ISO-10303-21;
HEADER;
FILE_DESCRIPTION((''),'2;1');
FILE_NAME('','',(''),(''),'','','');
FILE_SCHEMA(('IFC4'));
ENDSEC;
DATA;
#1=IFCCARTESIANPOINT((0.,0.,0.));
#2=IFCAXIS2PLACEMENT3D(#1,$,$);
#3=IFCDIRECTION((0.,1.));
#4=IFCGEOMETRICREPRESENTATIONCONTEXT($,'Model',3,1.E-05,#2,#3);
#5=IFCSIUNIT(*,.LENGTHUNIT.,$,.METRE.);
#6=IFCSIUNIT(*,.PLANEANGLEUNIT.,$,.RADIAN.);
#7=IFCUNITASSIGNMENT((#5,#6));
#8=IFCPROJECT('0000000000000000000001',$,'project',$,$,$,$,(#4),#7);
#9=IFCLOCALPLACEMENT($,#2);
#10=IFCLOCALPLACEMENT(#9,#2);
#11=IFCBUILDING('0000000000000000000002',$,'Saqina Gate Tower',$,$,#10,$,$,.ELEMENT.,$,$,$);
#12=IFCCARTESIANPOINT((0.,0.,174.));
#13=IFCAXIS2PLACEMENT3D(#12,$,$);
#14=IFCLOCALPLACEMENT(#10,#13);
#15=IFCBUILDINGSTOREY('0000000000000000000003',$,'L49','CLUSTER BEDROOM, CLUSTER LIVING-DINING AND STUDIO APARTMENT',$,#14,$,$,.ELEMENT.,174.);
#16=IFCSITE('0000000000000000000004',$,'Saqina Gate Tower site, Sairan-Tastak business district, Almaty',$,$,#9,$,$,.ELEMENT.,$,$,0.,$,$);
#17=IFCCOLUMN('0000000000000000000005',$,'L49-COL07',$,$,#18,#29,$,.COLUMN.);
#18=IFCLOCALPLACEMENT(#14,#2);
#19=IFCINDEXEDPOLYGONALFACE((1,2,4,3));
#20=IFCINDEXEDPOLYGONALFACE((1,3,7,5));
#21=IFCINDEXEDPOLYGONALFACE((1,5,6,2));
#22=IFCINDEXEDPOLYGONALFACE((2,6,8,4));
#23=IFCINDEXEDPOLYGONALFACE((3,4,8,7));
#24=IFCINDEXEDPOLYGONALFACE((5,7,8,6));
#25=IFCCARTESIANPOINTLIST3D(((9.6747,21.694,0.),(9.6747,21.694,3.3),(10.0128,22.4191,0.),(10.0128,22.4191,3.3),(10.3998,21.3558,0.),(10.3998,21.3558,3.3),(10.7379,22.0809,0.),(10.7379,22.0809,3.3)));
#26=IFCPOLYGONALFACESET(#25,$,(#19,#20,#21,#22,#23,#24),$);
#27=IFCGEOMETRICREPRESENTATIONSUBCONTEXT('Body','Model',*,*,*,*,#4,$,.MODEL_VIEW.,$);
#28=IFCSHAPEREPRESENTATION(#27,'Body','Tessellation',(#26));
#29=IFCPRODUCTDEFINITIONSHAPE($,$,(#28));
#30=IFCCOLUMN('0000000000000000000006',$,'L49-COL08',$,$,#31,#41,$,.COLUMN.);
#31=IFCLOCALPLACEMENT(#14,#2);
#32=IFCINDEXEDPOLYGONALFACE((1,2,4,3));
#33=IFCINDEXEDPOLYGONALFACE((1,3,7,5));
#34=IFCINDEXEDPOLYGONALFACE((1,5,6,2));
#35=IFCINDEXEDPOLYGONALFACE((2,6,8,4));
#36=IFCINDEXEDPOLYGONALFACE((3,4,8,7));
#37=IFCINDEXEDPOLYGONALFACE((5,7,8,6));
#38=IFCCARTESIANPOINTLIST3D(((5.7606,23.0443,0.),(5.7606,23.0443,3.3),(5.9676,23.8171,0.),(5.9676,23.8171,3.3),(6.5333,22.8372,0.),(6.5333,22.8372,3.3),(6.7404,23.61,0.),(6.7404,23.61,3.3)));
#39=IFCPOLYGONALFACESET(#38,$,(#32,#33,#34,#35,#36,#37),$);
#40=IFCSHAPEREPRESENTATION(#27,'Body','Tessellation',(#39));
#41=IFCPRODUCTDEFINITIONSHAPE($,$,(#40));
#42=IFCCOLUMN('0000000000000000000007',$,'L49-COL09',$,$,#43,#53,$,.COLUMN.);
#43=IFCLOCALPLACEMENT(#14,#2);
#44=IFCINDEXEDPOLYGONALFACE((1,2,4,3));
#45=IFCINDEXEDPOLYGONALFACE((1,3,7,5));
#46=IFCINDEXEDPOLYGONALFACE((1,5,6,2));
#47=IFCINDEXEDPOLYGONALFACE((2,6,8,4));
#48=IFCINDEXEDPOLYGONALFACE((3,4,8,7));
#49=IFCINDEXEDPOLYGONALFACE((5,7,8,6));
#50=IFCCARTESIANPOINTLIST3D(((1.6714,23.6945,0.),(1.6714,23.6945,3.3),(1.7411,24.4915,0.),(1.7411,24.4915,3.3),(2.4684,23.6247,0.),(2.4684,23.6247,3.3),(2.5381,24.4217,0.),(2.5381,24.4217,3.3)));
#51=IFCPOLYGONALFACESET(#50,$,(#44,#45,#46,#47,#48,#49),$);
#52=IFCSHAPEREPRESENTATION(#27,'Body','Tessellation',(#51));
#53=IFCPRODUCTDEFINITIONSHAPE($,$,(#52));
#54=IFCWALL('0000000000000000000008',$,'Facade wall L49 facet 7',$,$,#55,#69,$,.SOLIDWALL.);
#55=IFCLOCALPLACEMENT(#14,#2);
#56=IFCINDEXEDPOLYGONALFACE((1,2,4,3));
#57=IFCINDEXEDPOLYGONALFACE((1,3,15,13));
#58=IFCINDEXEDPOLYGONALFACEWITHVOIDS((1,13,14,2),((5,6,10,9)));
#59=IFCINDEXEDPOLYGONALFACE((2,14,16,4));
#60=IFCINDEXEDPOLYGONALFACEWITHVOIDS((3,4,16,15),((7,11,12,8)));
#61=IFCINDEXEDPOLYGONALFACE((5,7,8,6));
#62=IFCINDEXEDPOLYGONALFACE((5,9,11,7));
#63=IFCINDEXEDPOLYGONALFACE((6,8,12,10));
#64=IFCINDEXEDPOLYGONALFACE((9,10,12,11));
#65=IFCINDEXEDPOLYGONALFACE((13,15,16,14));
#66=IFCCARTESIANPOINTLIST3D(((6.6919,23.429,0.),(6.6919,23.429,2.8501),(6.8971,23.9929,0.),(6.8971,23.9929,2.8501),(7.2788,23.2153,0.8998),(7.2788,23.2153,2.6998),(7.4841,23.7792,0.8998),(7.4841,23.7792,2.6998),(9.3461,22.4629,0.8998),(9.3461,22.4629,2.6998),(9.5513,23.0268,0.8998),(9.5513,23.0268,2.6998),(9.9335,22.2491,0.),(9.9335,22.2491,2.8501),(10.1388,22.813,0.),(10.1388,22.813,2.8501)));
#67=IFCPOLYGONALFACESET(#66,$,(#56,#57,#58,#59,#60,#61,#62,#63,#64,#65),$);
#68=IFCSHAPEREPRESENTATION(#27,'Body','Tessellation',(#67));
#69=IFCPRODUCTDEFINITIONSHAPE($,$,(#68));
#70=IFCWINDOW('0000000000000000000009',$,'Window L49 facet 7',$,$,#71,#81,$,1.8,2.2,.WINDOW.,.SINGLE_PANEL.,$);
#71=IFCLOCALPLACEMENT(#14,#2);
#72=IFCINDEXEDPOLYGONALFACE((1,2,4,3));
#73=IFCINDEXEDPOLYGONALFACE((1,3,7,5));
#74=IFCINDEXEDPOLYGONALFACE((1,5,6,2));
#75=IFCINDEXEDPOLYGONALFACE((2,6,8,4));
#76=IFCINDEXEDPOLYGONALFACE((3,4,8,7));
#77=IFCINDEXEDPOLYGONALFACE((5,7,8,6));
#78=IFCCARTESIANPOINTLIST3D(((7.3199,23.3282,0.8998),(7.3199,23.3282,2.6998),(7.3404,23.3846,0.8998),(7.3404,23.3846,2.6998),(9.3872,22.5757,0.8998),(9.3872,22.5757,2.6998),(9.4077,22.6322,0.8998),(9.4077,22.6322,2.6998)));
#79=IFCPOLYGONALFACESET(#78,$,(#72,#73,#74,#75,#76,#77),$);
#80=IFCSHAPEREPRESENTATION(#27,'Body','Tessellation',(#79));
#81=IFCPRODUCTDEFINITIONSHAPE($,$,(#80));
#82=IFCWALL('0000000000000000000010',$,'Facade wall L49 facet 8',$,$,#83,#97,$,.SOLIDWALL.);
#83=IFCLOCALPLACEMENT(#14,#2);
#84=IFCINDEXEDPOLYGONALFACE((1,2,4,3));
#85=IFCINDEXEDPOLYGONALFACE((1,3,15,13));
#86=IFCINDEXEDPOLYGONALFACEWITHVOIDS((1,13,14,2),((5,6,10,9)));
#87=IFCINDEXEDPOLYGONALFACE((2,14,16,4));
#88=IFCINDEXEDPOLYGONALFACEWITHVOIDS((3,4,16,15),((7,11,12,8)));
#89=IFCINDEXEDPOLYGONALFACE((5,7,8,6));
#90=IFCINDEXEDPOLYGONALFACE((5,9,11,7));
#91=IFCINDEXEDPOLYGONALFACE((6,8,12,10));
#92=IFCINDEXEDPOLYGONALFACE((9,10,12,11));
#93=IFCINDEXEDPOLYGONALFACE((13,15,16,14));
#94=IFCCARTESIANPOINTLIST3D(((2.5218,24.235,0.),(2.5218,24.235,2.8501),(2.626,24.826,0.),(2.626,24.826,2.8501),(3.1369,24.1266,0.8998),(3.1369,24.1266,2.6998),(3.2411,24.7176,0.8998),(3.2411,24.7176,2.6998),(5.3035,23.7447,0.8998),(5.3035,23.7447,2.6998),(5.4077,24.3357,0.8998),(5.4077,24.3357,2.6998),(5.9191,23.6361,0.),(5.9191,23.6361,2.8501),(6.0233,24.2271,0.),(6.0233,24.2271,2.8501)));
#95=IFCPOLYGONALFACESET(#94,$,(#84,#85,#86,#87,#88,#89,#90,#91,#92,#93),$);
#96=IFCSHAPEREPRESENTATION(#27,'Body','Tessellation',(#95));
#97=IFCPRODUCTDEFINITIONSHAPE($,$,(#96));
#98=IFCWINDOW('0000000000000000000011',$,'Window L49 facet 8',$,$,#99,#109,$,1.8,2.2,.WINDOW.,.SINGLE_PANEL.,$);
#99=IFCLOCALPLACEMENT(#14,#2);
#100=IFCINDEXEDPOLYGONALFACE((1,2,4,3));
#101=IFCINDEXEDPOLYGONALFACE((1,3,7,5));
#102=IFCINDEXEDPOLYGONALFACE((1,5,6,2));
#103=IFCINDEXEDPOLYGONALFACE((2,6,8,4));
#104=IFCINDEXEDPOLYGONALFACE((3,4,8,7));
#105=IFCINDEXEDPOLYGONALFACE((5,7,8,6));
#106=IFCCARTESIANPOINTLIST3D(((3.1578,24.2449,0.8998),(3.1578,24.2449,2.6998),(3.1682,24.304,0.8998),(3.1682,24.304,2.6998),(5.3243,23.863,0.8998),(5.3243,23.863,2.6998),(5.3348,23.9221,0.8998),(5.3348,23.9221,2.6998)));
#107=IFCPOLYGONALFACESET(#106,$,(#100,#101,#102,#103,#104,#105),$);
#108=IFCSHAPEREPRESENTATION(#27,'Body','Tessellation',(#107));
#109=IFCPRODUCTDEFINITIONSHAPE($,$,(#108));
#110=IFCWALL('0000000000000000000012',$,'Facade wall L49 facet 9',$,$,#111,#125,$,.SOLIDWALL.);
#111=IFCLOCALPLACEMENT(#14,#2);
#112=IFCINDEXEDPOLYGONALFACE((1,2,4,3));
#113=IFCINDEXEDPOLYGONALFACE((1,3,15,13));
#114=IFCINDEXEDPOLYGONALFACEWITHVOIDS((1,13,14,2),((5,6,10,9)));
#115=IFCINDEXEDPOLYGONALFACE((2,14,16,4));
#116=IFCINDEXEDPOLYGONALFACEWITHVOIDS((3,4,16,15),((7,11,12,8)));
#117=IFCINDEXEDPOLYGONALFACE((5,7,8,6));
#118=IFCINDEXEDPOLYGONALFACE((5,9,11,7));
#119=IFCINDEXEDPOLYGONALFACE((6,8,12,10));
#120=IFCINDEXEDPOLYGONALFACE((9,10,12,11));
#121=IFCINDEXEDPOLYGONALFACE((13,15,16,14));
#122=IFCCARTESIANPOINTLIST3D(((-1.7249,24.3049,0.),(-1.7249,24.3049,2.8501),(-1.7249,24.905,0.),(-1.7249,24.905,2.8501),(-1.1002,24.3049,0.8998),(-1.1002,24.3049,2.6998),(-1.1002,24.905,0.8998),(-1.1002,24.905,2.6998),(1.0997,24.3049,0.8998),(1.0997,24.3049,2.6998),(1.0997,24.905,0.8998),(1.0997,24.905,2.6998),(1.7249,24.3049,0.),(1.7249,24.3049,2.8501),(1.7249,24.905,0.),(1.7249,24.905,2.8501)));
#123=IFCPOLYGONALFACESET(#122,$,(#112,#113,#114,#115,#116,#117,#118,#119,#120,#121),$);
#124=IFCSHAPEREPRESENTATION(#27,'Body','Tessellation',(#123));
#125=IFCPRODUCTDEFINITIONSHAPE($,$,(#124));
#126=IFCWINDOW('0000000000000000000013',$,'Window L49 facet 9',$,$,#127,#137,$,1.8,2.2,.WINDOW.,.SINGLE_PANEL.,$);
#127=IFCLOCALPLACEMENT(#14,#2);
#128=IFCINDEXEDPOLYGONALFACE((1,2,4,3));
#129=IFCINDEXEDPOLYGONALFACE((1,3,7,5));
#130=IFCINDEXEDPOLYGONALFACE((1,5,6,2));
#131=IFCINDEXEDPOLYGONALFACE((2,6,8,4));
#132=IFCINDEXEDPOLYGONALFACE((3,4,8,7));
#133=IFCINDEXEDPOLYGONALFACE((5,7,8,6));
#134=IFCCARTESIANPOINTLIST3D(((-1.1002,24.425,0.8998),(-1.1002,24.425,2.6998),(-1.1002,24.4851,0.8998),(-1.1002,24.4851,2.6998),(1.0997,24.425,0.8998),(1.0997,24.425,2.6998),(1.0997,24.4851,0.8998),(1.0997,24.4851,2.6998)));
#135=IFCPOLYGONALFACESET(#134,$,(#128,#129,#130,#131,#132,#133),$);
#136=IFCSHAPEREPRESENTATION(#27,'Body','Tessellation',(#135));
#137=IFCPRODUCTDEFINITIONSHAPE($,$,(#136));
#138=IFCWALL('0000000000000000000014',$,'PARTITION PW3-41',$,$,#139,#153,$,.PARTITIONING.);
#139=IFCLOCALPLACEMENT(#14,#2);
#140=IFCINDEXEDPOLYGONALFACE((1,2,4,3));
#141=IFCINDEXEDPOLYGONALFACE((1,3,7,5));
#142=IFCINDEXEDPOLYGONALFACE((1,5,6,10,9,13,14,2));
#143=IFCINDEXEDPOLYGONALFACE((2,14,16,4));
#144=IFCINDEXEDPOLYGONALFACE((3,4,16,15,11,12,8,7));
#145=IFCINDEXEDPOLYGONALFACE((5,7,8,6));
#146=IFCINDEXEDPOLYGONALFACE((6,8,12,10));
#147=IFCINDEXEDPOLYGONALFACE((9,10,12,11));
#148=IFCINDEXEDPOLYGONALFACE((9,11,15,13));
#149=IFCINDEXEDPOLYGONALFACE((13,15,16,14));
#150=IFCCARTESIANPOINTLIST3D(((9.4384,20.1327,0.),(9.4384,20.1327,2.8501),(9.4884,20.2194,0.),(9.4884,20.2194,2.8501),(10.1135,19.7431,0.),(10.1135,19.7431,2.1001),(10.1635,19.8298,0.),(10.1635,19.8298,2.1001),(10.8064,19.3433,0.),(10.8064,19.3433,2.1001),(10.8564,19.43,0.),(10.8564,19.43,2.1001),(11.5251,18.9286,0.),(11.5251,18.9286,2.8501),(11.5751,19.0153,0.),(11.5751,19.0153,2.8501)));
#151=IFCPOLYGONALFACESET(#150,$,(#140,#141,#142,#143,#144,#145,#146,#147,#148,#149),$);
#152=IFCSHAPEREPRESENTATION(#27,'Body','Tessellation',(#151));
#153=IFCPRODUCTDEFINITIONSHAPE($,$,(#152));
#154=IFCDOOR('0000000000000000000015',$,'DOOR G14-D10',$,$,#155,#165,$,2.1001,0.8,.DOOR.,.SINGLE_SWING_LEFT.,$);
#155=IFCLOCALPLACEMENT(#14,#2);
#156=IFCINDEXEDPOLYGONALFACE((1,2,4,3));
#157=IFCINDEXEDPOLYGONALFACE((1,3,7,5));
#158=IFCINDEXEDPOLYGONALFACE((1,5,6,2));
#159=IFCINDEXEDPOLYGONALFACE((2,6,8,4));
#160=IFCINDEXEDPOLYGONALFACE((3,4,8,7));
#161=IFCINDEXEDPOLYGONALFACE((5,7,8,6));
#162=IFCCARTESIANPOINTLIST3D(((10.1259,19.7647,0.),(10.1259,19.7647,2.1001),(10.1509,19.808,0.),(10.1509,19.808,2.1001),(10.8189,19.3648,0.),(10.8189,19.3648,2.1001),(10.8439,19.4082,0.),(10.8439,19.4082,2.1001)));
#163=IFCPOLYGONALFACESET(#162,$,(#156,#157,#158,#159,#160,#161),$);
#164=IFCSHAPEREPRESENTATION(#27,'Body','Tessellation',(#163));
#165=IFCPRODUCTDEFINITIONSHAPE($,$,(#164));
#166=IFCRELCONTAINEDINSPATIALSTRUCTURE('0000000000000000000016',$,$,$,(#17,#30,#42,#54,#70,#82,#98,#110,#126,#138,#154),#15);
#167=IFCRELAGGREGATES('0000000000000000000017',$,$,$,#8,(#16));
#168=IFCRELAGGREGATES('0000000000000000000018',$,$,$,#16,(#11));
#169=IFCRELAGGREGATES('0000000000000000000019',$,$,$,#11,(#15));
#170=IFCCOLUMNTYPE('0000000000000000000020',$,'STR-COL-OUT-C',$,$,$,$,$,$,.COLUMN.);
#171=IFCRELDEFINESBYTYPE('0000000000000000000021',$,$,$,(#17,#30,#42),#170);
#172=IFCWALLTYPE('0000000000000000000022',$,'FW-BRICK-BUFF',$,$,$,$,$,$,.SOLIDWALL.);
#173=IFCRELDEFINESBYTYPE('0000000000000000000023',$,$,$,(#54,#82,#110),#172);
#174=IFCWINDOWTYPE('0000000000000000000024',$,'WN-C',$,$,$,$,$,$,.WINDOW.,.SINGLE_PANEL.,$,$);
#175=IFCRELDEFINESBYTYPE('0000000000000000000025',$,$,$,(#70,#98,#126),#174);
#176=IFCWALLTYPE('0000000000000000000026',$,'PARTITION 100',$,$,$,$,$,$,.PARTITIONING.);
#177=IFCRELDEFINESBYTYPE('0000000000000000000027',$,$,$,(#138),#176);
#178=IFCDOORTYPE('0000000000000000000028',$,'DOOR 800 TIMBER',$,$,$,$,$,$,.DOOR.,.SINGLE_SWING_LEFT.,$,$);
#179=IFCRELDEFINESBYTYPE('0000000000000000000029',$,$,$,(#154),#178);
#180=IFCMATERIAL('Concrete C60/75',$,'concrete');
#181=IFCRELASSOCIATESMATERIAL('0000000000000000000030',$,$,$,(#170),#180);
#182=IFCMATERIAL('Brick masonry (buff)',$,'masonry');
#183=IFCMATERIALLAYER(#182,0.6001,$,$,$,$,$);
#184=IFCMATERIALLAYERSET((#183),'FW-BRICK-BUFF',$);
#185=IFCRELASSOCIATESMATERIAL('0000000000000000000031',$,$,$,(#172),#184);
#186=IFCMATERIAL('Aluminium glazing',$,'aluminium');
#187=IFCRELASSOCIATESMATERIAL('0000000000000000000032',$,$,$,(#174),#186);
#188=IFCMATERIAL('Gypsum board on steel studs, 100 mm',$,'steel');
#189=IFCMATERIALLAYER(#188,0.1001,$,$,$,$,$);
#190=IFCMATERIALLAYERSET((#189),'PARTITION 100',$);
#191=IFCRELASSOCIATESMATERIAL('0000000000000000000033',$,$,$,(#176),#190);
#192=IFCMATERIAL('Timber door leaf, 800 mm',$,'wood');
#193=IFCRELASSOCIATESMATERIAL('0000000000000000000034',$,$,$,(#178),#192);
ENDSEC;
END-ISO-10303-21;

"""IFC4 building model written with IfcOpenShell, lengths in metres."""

from ifc_helpers import new_model, si_unit, direction, frame, frame_2d, origin, origin_2d, place, context, subcontext, project, spatial, rectangle, extrude, material, layer, layer_set, material_profile, profile_set, type_object, element, fill, save


model = new_model("IFC4")

# Units and contexts
model_context = context("Model", 3, precision=1e-05, world=origin(), true_north=direction((0.0, 1.0)))
body_context = subcontext(model_context, "Body", "Model", "MODEL_VIEW")
ifc_project = project(units=[si_unit("LENGTHUNIT", "METRE"), si_unit("PLANEANGLEUNIT", "RADIAN")], contexts=[model_context])

# Site, building, storey
site_placement = place(None, origin())
site = spatial("IfcSite", under=ifc_project, at=site_placement, Name="Saqina Gate Tower site, Sairan-Tastak business district, Almaty", CompositionType="ELEMENT", RefElevation=0.0)
building_placement = place(site_placement, origin())
building = spatial("IfcBuilding", under=site, at=building_placement, Name="Saqina Gate Tower", CompositionType="ELEMENT")
storey_placement = place(building_placement, frame((0.0, 0.0, 174.0)))
storey = spatial("IfcBuildingStorey", under=building, at=storey_placement, Name="L49", Description="CLUSTER BEDROOM, CLUSTER LIVING-DINING AND STUDIO APARTMENT", CompositionType="ELEMENT", Elevation=174.0)

# Columns
ifc_material_1 = material(Name="Concrete C60/75", Category="concrete")
ifc_material_profile = material_profile(ifc_material_1, rectangle(XDim=0.8, YDim=0.8, at=origin_2d()), Name="RC 800x800")
ifc_profile_set = profile_set([ifc_material_profile], Name="Concrete C60/75")
column_type = type_object("IfcColumnType", Name="STR-COL-OUT-C", PredefinedType="COLUMN", material=ifc_profile_set)
for number, where, z_axis, x_axis, name in (
    (1, (10.2063, 21.8875, 0.0), (0.0, 0.0, 1.0), (0.422618, 0.906308, 0.0), "L49-COL07"),
    (2, (6.2505, 23.3271, 0.0), (0.0, 0.0, 1.0), (0.258819, 0.965926, 0.0), "L49-COL08"),
    (3, (2.1047, 24.0581, 0.0), (0.0, 0.0, 1.0), (0.087156, 0.996195, 0.0), "L49-COL09"),
):
    element("IfcColumn", number, at=place(storey_placement, frame(where, z_axis=z_axis, x_axis=x_axis)), inside=storey, type_object=column_type, Name=name, PredefinedType="COLUMN", context=body_context, shape_type="SweptSolid", body=[
        extrude(rectangle(XDim=0.8, YDim=0.8, at=origin_2d()), origin(), (0.0, 0.0, 1.0), 3.3),
    ])

# Walls, openings, windows
ifc_material_2 = material(Name="Brick masonry (buff)", Category="masonry")
ifc_layer_1 = layer(ifc_material_2, 0.6001)
ifc_layer_set_1 = layer_set([ifc_layer_1], Name="FW-BRICK-BUFF")
wall_type_1 = type_object("IfcWallType", Name="FW-BRICK-BUFF", PredefinedType="SOLIDWALL", material=ifc_layer_set_1)
wall_1_placement = place(storey_placement, frame((10.0361, 22.531, 0.0), z_axis=(0.0, 0.0, 1.0), x_axis=(-0.939688, 0.342033, 0.0)))
wall_1 = element("IfcWall", 4, at=wall_1_placement, inside=storey, type_object=wall_type_1, Name="Facade wall L49 facet 7", PredefinedType="SOLIDWALL", context=body_context, shape_type="SweptSolid", body=[
    extrude(rectangle(XDim=3.4497, YDim=0.6001, at=frame_2d((1.7249, 0.0))), origin(), (0.0, 0.0, 1.0), 2.8501),
])
opening_1_placement = place(wall_1_placement, frame((0.625, 0.0, 0.8999)))
opening_1 = element("IfcOpeningElement", 5, at=opening_1_placement, cuts=wall_1, PredefinedType="OPENING", context=body_context, shape_type="SweptSolid", body=[
    extrude(rectangle(XDim=2.2, YDim=1.8, at=frame_2d((1.1001, 0.8999))), frame((0.0, 0.312, 0.0), z_axis=(0.0, -1.0, 0.0), x_axis=(1.0, 0.0, 0.0)), (0.0, 0.0, 1.0), 0.624),
])
ifc_material_3 = material(Name="Aluminium glazing", Category="aluminium")
window_type = type_object("IfcWindowType", Name="WN-C", PartitioningType="SINGLE_PANEL", PredefinedType="WINDOW", material=ifc_material_3)
window_1_placement = place(opening_1_placement, origin())
window_1 = element("IfcWindow", 6, at=window_1_placement, inside=storey, type_object=window_type, Name="Window L49 facet 7", OverallHeight=1.8, OverallWidth=2.2, PartitioningType="SINGLE_PANEL", PredefinedType="WINDOW", context=body_context, shape_type="SweptSolid", body=[
    extrude(rectangle(XDim=2.2, YDim=1.8, at=frame_2d((1.1001, 0.8999))), frame((0.0, 0.1799, 0.0), z_axis=(0.0, -1.0, 0.0), x_axis=(1.0, 0.0, 0.0)), (0.0, 0.0, 1.0), 0.0601),
])
fill(opening_1, window_1)
wall_2_placement = place(storey_placement, frame((5.9712, 23.9316, 0.0), z_axis=(0.0, 0.0, 1.0), x_axis=(-0.984815, 0.173608, 0.0)))
wall_2 = element("IfcWall", 7, at=wall_2_placement, inside=storey, type_object=wall_type_1, Name="Facade wall L49 facet 8", PredefinedType="SOLIDWALL", context=body_context, shape_type="SweptSolid", body=[
    extrude(rectangle(XDim=3.4497, YDim=0.6001, at=frame_2d((1.7249, 0.0))), origin(), (0.0, 0.0, 1.0), 2.8501),
])
opening_2_placement = place(wall_2_placement, frame((0.625, 0.0, 0.8999)))
opening_2 = element("IfcOpeningElement", 8, at=opening_2_placement, cuts=wall_2, PredefinedType="OPENING", context=body_context, shape_type="SweptSolid", body=[
    extrude(rectangle(XDim=2.2, YDim=1.8, at=frame_2d((1.1001, 0.8999))), frame((0.0, 0.312, 0.0), z_axis=(0.0, -1.0, 0.0), x_axis=(1.0, 0.0, 0.0)), (0.0, 0.0, 1.0), 0.624),
])
window_2_placement = place(opening_2_placement, origin())
window_2 = element("IfcWindow", 9, at=window_2_placement, inside=storey, type_object=window_type, Name="Window L49 facet 8", OverallHeight=1.8, OverallWidth=2.2, PartitioningType="SINGLE_PANEL", PredefinedType="WINDOW", context=body_context, shape_type="SweptSolid", body=[
    extrude(rectangle(XDim=2.2, YDim=1.8, at=frame_2d((1.1001, 0.8999))), frame((0.0, 0.1799, 0.0), z_axis=(0.0, -1.0, 0.0), x_axis=(1.0, 0.0, 0.0)), (0.0, 0.0, 1.0), 0.0601),
])
fill(opening_2, window_2)
wall_3_placement = place(storey_placement, frame((1.7249, 24.605, 0.0), z_axis=(0.0, 0.0, 1.0), x_axis=(-1.0, 0.0, 0.0)))
wall_3 = element("IfcWall", 10, at=wall_3_placement, inside=storey, type_object=wall_type_1, Name="Facade wall L49 facet 9", PredefinedType="SOLIDWALL", context=body_context, shape_type="SweptSolid", body=[
    extrude(rectangle(XDim=3.4497, YDim=0.6001, at=frame_2d((1.7249, 0.0))), origin(), (0.0, 0.0, 1.0), 2.8501),
])
opening_3_placement = place(wall_3_placement, frame((0.625, 0.0, 0.8999)))
opening_3 = element("IfcOpeningElement", 11, at=opening_3_placement, cuts=wall_3, PredefinedType="OPENING", context=body_context, shape_type="SweptSolid", body=[
    extrude(rectangle(XDim=2.2, YDim=1.8, at=frame_2d((1.1001, 0.8999))), frame((0.0, 0.312, 0.0), z_axis=(0.0, -1.0, 0.0), x_axis=(1.0, 0.0, 0.0)), (0.0, 0.0, 1.0), 0.624),
])
window_3_placement = place(opening_3_placement, origin())
window_3 = element("IfcWindow", 12, at=window_3_placement, inside=storey, type_object=window_type, Name="Window L49 facet 9", OverallHeight=1.8, OverallWidth=2.2, PartitioningType="SINGLE_PANEL", PredefinedType="WINDOW", context=body_context, shape_type="SweptSolid", body=[
    extrude(rectangle(XDim=2.2, YDim=1.8, at=frame_2d((1.1001, 0.8999))), frame((0.0, 0.1799, 0.0), z_axis=(0.0, -1.0, 0.0), x_axis=(1.0, 0.0, 0.0)), (0.0, 0.0, 1.0), 0.0601),
])
fill(opening_3, window_3)

# Wall, opening, door
ifc_material_4 = material(Name="Gypsum board on steel studs, 100 mm", Category="steel")
ifc_layer_2 = layer(ifc_material_4, 0.1001)
ifc_layer_set_2 = layer_set([ifc_layer_2], Name="PARTITION 100")
wall_type_2 = type_object("IfcWallType", Name="PARTITION 100", PredefinedType="PARTITIONING", material=ifc_layer_set_2)
wall_4_placement = place(storey_placement, frame((9.4634, 20.176, 0.0), z_axis=(0.0, 0.0, 1.0), x_axis=(0.86614, -0.499801, 0.0)))
wall_4 = element("IfcWall", 13, at=wall_4_placement, inside=storey, type_object=wall_type_2, Name="PARTITION PW3-41", PredefinedType="PARTITIONING", context=body_context, shape_type="SweptSolid", body=[
    extrude(rectangle(XDim=2.4092, YDim=0.1001, at=frame_2d((1.2046, 0.0))), origin(), (0.0, 0.0, 1.0), 2.8501),
])
opening_4_placement = place(wall_4_placement, frame((0.7795, 0.0, 0.0)))
opening_4 = element("IfcOpeningElement", 14, at=opening_4_placement, cuts=wall_4, PredefinedType="OPENING", context=body_context, shape_type="SweptSolid", body=[
    extrude(rectangle(XDim=0.8, YDim=2.1001, at=frame_2d((0.3999, 1.05))), frame((0.0, 0.062, 0.0), z_axis=(0.0, -1.0, 0.0), x_axis=(1.0, 0.0, 0.0)), (0.0, 0.0, 1.0), 0.124),
])
ifc_material_5 = material(Name="Timber door leaf, 800 mm", Category="wood")
door_type_1 = type_object("IfcDoorType", Name="DOOR 800 TIMBER", OperationType="SINGLE_SWING_LEFT", PredefinedType="DOOR", material=ifc_material_5)
door_1_placement = place(opening_4_placement, origin())
door_1 = element("IfcDoor", 15, at=door_1_placement, inside=storey, type_object=door_type_1, Name="DOOR G14-D10", OperationType="SINGLE_SWING_LEFT", OverallHeight=2.1001, OverallWidth=0.8, PredefinedType="DOOR", context=body_context, shape_type="SweptSolid", body=[
    extrude(rectangle(XDim=0.8, YDim=2.1001, at=frame_2d((0.3999, 1.05))), frame((0.0, 0.0249, 0.0), z_axis=(0.0, -1.0, 0.0), x_axis=(1.0, 0.0, 0.0)), (0.0, 0.0, 1.0), 0.05),
])
fill(opening_4, door_1)

save(model, "model.ifc")
